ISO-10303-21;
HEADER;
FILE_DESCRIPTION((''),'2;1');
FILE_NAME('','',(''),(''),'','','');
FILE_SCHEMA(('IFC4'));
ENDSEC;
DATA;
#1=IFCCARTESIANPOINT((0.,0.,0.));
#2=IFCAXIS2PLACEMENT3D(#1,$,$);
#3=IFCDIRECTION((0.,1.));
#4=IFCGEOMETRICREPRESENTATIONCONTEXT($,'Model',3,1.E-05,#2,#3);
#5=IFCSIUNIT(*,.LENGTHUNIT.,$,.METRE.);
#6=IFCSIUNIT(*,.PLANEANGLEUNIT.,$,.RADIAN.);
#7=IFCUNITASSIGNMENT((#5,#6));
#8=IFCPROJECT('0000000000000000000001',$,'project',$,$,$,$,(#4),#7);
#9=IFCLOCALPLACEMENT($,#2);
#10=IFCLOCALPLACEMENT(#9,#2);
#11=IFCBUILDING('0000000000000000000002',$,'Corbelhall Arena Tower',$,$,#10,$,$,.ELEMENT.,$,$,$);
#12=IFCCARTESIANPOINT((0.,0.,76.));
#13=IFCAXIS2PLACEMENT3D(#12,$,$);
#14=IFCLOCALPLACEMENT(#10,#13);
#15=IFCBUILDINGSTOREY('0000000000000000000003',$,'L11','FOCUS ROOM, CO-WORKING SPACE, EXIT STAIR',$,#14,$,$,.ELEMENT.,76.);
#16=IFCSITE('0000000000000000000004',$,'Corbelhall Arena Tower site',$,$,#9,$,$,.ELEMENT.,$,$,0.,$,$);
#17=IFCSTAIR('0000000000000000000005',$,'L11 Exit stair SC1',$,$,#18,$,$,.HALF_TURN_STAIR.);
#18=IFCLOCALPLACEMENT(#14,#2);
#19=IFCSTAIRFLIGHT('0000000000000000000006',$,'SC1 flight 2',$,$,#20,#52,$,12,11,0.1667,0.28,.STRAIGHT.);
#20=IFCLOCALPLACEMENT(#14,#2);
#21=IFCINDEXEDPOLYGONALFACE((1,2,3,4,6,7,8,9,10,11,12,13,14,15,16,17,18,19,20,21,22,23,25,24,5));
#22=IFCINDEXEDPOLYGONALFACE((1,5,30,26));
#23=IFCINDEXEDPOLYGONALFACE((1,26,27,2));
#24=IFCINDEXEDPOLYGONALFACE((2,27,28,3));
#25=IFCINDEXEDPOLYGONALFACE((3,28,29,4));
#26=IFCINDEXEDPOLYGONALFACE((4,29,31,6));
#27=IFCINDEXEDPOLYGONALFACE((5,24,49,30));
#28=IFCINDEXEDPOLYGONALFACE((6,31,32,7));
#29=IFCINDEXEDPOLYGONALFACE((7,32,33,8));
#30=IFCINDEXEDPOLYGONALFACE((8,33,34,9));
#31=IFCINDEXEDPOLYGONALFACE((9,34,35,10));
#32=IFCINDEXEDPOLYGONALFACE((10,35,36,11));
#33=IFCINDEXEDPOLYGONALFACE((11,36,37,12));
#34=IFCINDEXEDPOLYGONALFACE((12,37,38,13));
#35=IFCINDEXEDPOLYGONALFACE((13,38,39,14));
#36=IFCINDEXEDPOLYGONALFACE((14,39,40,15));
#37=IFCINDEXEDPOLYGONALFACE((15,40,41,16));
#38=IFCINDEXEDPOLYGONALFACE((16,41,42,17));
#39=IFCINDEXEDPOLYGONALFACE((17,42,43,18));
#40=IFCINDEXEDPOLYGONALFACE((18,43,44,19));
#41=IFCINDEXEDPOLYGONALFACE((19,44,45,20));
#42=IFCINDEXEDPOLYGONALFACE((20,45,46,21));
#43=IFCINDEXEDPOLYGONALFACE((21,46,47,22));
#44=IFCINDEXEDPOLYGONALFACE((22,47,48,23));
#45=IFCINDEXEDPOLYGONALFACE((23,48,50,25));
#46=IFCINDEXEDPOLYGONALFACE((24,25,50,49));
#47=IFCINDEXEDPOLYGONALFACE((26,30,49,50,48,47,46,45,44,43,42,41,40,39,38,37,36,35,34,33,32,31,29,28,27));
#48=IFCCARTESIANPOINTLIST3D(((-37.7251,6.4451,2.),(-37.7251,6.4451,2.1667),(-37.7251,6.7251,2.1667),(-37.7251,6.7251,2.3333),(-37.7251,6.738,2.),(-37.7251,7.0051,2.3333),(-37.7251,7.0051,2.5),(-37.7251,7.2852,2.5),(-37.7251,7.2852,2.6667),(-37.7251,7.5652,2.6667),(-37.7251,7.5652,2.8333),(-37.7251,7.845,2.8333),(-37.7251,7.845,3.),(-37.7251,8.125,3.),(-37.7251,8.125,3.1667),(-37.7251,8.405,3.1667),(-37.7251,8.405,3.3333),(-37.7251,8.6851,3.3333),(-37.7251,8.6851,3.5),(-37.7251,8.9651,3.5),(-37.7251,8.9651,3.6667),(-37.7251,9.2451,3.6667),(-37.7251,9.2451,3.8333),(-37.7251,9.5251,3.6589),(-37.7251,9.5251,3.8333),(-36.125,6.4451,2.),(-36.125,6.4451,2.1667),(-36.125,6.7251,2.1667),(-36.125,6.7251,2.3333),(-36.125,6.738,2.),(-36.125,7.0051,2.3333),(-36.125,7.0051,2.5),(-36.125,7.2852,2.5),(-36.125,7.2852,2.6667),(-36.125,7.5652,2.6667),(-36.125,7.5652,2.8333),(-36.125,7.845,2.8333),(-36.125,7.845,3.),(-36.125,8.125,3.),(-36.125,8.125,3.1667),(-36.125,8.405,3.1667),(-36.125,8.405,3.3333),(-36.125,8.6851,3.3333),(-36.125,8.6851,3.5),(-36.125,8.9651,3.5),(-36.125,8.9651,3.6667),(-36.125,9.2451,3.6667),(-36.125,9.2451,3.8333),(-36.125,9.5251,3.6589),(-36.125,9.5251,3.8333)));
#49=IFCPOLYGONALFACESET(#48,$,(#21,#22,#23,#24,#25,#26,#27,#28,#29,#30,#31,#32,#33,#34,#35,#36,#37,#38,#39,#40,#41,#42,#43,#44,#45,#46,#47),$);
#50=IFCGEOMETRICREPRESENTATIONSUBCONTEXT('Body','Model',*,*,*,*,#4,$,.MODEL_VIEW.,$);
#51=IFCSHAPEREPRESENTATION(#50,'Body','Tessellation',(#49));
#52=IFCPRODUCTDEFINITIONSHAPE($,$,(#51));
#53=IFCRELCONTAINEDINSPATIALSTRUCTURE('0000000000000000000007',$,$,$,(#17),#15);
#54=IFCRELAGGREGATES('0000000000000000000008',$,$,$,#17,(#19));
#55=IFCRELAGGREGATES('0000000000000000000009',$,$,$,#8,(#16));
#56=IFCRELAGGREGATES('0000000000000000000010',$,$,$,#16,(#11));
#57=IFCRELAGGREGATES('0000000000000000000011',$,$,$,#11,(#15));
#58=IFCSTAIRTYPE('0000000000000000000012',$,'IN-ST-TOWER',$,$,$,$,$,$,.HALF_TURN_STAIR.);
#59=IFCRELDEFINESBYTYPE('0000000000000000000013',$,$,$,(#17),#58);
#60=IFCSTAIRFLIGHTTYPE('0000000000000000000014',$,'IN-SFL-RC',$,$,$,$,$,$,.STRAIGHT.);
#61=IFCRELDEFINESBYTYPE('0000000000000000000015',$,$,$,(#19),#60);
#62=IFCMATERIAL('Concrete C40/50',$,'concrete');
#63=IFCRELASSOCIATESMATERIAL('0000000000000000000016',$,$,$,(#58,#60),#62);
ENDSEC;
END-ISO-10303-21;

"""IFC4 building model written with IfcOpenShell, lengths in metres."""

from ifc_helpers import new_model, si_unit, direction, frame, origin, place, context, subcontext, project, spatial, polyline, outline, extrude, material, type_object, element, aggregate, save


model = new_model("IFC4")

# Units and contexts
model_context = context("Model", 3, precision=1e-05, world=origin(), true_north=direction((0.0, 1.0)))
body_context = subcontext(model_context, "Body", "Model", "MODEL_VIEW")
ifc_project = project(units=[si_unit("LENGTHUNIT", "METRE"), si_unit("PLANEANGLEUNIT", "RADIAN")], contexts=[model_context])

# Site, building, storey
site_placement = place(None, origin())
site = spatial("IfcSite", under=ifc_project, at=site_placement, Name="Corbelhall Arena Tower site", CompositionType="ELEMENT", RefElevation=0.0)
building_placement = place(site_placement, origin())
building = spatial("IfcBuilding", under=site, at=building_placement, Name="Corbelhall Arena Tower", CompositionType="ELEMENT")
storey_placement = place(building_placement, frame((0.0, 0.0, 76.0)))
storey = spatial("IfcBuildingStorey", under=building, at=storey_placement, Name="L11", Description="FOCUS ROOM, CO-WORKING SPACE, EXIT STAIR", CompositionType="ELEMENT", Elevation=76.0)

# Shared definitions
ifc_material_1 = material(Name="Concrete C40/50", Category="concrete")

# Stair, stair flight
stair_type = type_object("IfcStairType", Name="IN-ST-TOWER", PredefinedType="HALF_TURN_STAIR", material=ifc_material_1)
stair_placement = place(storey_placement, origin())
stair = element("IfcStair", 1, at=stair_placement, inside=storey, type_object=stair_type, Name="L11 Exit stair SC1", PredefinedType="HALF_TURN_STAIR")
stair_flight_type = type_object("IfcStairFlightType", Name="IN-SFL-RC", PredefinedType="STRAIGHT", material=ifc_material_1)
stair_flight_1_placement = place(storey_placement, frame((-36.925, 6.4451, 2.0), z_axis=(0.0, 0.0, 1.0), x_axis=(0.0, 1.0, 0.0)))
stair_flight_1 = element("IfcStairFlight", 2, at=stair_flight_1_placement, type_object=stair_flight_type, Name="SC1 flight 2", NumberOfRisers=12, NumberOfTreads=11, PredefinedType="STRAIGHT", RiserHeight=0.1667, TreadLength=0.28, context=body_context, shape_type="SweptSolid", body=[
    extrude(outline(polyline([(0.0, 0.0), (0.0, 0.1667), (0.28, 0.1667), (0.28, 0.3333), (0.5601, 0.3333), (0.5601, 0.5), (0.8401, 0.5), (0.8401, 0.6667), (1.1201, 0.6667), (1.1201, 0.8333), (1.3999, 0.8333), (1.3999, 1.0), (1.6799, 1.0), (1.6799, 1.1667), (1.96, 1.1667), (1.96, 1.3333), (2.24, 1.3333), (2.24, 1.5), (2.52, 1.5), (2.52, 1.6667), (2.8, 1.6667), (2.8, 1.8333), (3.0801, 1.8333), (3.0801, 2.0), (3.0801, 1.6589), (0.293, 0.0), (0.0, 0.0)])), frame((0.0, 0.8, 0.0), z_axis=(0.0, -1.0, 0.0), x_axis=(1.0, 0.0, 0.0)), (0.0, 0.0, 1.0), 1.6001),
])
aggregate(stair, [stair_flight_1])

save(model, "model.ifc")
